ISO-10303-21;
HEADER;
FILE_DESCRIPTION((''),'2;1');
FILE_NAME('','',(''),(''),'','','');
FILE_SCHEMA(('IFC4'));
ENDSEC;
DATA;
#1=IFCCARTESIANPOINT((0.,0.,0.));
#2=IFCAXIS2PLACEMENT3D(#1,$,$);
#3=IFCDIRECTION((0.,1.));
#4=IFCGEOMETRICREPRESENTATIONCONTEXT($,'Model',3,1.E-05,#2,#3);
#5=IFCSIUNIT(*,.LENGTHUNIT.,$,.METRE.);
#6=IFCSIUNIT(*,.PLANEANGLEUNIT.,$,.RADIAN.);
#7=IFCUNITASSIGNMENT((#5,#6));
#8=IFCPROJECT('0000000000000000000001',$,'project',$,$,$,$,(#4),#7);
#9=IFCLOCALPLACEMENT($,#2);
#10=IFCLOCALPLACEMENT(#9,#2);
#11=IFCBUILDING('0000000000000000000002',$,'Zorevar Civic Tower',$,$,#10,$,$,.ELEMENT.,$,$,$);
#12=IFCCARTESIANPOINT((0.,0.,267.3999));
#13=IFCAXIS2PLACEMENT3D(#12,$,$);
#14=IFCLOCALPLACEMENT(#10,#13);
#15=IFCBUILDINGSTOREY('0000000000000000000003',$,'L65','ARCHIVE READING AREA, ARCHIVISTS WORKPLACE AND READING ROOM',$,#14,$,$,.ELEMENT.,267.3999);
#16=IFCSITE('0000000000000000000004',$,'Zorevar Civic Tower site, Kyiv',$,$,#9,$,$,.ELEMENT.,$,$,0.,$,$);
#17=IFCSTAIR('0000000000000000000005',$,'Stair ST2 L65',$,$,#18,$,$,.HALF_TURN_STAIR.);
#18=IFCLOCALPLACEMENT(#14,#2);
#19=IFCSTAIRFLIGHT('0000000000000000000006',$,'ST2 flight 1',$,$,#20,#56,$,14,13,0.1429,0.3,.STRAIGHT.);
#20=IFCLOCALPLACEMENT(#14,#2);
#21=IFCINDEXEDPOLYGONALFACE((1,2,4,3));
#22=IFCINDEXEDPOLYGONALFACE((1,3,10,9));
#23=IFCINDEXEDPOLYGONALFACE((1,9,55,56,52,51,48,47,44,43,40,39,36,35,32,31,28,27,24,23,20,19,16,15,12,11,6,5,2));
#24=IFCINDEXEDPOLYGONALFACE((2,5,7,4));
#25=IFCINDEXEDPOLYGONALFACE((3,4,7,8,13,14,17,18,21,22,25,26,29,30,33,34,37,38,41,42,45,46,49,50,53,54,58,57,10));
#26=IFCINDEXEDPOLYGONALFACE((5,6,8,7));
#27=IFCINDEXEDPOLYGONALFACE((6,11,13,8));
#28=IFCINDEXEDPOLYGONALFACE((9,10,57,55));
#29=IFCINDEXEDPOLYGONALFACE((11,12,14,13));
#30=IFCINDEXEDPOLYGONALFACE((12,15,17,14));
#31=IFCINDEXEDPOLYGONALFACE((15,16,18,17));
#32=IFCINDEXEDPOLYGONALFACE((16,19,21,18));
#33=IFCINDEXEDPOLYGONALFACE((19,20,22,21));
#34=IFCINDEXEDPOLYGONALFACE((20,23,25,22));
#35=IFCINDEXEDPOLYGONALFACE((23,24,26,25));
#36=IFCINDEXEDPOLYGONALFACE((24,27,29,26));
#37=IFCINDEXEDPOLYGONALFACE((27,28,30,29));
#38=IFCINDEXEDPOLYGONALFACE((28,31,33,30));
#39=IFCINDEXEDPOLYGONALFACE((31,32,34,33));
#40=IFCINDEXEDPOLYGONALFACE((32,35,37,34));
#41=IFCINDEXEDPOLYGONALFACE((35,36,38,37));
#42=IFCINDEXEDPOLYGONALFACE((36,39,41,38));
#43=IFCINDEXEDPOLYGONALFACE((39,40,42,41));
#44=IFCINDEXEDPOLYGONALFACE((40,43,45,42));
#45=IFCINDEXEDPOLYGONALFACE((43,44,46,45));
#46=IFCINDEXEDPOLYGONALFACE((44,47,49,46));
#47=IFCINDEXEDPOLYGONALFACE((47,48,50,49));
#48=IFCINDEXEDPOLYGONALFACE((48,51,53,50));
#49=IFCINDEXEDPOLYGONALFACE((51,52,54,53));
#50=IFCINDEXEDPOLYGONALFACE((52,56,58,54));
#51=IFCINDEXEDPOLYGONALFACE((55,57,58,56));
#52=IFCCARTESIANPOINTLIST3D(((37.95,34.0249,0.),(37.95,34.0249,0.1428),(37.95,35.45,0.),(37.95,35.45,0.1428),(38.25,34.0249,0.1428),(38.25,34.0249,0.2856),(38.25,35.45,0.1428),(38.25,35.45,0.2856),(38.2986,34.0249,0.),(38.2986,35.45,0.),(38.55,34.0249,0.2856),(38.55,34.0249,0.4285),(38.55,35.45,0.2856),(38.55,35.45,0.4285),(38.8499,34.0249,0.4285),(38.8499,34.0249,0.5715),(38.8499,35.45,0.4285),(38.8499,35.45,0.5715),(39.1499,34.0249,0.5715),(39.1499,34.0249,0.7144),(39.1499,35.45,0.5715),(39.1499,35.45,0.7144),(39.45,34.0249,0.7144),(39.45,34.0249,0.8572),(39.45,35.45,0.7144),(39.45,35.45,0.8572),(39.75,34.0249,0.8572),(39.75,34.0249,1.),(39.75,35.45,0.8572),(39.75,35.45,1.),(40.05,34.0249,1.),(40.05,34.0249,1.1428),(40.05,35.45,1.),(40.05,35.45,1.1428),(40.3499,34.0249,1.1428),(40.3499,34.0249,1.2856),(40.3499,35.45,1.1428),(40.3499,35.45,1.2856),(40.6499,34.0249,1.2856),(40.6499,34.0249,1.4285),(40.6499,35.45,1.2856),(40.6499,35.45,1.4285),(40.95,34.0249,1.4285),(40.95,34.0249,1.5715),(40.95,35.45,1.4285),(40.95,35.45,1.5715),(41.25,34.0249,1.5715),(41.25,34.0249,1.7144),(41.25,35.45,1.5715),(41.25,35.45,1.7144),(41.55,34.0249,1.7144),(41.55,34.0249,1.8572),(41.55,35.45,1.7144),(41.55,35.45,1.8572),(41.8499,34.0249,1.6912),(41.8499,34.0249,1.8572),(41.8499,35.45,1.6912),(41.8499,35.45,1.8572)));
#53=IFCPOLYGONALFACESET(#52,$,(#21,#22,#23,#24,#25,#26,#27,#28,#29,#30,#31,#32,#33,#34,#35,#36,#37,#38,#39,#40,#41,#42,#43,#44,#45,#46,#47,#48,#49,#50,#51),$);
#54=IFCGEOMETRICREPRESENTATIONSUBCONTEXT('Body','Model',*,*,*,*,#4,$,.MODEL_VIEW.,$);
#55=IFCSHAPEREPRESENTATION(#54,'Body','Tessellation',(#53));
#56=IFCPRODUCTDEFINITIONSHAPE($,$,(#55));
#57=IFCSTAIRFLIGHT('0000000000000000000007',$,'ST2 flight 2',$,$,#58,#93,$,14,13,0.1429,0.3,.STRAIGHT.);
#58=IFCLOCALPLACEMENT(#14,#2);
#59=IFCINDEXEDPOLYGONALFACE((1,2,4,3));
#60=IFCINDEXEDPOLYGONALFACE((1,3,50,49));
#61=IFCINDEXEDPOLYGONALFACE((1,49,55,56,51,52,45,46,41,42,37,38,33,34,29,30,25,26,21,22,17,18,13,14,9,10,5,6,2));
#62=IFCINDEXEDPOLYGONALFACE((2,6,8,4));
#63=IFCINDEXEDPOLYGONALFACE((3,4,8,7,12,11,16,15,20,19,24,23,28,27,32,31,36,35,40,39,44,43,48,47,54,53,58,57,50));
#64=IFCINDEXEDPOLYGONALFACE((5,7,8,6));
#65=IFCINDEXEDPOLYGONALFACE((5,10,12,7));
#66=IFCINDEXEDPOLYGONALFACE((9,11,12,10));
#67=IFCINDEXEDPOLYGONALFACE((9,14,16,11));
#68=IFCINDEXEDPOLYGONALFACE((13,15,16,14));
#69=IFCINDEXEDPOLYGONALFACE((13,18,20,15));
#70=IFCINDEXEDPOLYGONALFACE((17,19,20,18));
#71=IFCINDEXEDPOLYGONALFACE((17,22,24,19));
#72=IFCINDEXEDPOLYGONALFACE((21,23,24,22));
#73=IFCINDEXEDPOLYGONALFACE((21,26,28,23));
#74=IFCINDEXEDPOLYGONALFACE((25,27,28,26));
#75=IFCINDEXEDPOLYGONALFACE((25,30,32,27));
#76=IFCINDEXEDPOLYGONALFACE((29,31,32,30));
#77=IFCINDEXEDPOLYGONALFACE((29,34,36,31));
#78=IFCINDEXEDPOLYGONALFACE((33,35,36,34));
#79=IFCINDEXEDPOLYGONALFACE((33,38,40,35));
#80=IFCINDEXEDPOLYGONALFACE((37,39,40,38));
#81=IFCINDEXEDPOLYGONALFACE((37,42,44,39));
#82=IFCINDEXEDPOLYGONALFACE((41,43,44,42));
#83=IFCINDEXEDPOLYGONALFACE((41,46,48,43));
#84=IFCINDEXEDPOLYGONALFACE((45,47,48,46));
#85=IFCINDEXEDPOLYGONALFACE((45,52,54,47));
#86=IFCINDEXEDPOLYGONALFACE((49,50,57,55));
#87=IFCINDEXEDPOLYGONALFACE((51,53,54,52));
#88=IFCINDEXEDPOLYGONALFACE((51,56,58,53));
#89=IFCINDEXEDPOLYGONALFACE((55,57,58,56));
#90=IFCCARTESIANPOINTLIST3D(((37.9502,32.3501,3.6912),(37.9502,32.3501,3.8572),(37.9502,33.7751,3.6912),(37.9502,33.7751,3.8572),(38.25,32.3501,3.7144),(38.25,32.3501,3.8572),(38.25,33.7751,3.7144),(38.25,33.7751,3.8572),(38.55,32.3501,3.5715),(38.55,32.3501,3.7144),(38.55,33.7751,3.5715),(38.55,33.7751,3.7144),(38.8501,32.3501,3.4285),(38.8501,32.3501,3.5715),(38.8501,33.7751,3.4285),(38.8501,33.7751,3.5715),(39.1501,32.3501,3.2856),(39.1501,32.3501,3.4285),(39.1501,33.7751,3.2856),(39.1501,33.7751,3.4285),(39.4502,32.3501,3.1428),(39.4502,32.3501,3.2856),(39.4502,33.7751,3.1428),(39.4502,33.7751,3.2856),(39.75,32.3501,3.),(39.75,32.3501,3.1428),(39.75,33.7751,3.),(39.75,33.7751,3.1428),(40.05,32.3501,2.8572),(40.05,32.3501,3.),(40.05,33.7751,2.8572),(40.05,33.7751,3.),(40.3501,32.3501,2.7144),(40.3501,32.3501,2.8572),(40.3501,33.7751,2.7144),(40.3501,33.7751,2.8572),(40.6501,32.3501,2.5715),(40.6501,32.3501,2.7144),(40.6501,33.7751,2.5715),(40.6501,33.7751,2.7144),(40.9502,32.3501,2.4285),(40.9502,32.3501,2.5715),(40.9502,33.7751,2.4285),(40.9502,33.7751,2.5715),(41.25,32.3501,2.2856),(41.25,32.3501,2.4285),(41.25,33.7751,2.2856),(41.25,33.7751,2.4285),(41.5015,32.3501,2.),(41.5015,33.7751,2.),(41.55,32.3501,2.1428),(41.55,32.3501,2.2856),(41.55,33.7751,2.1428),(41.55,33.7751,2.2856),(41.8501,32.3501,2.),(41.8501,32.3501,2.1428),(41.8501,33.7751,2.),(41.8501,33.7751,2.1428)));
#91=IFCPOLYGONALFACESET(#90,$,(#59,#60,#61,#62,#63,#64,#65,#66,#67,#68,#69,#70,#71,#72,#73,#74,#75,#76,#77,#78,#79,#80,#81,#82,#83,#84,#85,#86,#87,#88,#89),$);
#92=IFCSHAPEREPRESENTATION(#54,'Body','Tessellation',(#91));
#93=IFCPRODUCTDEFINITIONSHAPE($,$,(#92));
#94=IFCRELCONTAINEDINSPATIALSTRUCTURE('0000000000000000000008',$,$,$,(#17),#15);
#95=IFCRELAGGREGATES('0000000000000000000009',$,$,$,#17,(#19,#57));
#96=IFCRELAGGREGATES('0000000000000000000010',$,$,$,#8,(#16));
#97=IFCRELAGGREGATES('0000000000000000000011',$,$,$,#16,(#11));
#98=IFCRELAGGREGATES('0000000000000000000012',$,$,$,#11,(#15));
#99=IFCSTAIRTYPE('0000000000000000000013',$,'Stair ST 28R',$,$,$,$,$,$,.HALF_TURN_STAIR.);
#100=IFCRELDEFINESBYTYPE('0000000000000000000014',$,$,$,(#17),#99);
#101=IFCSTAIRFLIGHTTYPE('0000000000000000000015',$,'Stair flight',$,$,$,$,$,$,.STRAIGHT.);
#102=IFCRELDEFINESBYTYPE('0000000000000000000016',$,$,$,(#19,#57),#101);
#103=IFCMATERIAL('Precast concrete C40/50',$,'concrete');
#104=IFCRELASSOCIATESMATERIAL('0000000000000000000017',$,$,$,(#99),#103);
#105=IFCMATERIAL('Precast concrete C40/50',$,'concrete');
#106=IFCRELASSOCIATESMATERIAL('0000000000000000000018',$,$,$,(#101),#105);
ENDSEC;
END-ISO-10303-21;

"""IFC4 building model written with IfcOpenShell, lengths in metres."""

from ifc_helpers import new_model, si_unit, direction, frame, origin, place, context, subcontext, project, spatial, polyline, outline, extrude, material, type_object, element, aggregate, save


model = new_model("IFC4")

# Units and contexts
model_context = context("Model", 3, precision=1e-05, world=origin(), true_north=direction((0.0, 1.0)))
body_context = subcontext(model_context, "Body", "Model", "MODEL_VIEW")
ifc_project = project(units=[si_unit("LENGTHUNIT", "METRE"), si_unit("PLANEANGLEUNIT", "RADIAN")], contexts=[model_context])

# Site, building, storey
site_placement = place(None, origin())
site = spatial("IfcSite", under=ifc_project, at=site_placement, Name="Zorevar Civic Tower site, Kyiv", CompositionType="ELEMENT", RefElevation=0.0)
building_placement = place(site_placement, origin())
building = spatial("IfcBuilding", under=site, at=building_placement, Name="Zorevar Civic Tower", CompositionType="ELEMENT")
storey_placement = place(building_placement, frame((0.0, 0.0, 267.3999)))
storey = spatial("IfcBuildingStorey", under=building, at=storey_placement, Name="L65", Description="ARCHIVE READING AREA, ARCHIVISTS WORKPLACE AND READING ROOM", CompositionType="ELEMENT", Elevation=267.3999)

# Stair, stair flights
ifc_material_1 = material(Name="Precast concrete C40/50", Category="concrete")
stair_type = type_object("IfcStairType", Name="Stair ST 28R", PredefinedType="HALF_TURN_STAIR", material=ifc_material_1)
stair_placement = place(storey_placement, origin())
stair = element("IfcStair", 1, at=stair_placement, inside=storey, type_object=stair_type, Name="Stair ST2 L65", PredefinedType="HALF_TURN_STAIR")
ifc_material_2 = material(Name="Precast concrete C40/50", Category="concrete")
stair_flight_type = type_object("IfcStairFlightType", Name="Stair flight", PredefinedType="STRAIGHT", material=ifc_material_2)
stair_flight_1_placement = place(storey_placement, frame((37.95, 34.7375, 0.0), z_axis=(0.0, 0.0, 1.0), x_axis=(1.0, 0.0, 0.0)))
stair_flight_1 = element("IfcStairFlight", 2, at=stair_flight_1_placement, type_object=stair_flight_type, Name="ST2 flight 1", NumberOfRisers=14, NumberOfTreads=13, PredefinedType="STRAIGHT", RiserHeight=0.1429, TreadLength=0.3, context=body_context, shape_type="SweptSolid", body=[
    extrude(outline(polyline([(0.0, 0.0), (0.0, 0.1428), (0.3, 0.1428), (0.3, 0.2856), (0.6001, 0.2856), (0.6001, 0.4285), (0.8999, 0.4285), (0.8999, 0.5715), (1.2, 0.5715), (1.2, 0.7144), (1.5, 0.7144), (1.5, 0.8572), (1.8, 0.8572), (1.8, 1.0), (2.1001, 1.0), (2.1001, 1.1428), (2.3999, 1.1428), (2.3999, 1.2856), (2.7, 1.2856), (2.7, 1.4285), (3.0, 1.4285), (3.0, 1.5715), (3.3, 1.5715), (3.3, 1.7144), (3.6001, 1.7144), (3.6001, 1.8572), (3.8999, 1.8572), (3.8999, 2.0), (3.8999, 1.6912), (0.3486, 0.0), (0.0, 0.0)])), frame((0.0, 0.7124, 0.0), z_axis=(0.0, -1.0, 0.0), x_axis=(1.0, 0.0, 0.0)), (0.0, 0.0, 1.0), 1.425),
])
stair_flight_2_placement = place(storey_placement, frame((41.8501, 33.0625, 2.0), z_axis=(0.0, 0.0, 1.0), x_axis=(-1.0, 0.0, 0.0)))
stair_flight_2 = element("IfcStairFlight", 3, at=stair_flight_2_placement, type_object=stair_flight_type, Name="ST2 flight 2", NumberOfRisers=14, NumberOfTreads=13, PredefinedType="STRAIGHT", RiserHeight=0.1429, TreadLength=0.3, context=body_context, shape_type="SweptSolid", body=[
    extrude(outline(polyline([(0.0, 0.0), (0.0, 0.1428), (0.3, 0.1428), (0.3, 0.2856), (0.6001, 0.2856), (0.6001, 0.4285), (0.8999, 0.4285), (0.8999, 0.5715), (1.2, 0.5715), (1.2, 0.7144), (1.5, 0.7144), (1.5, 0.8572), (1.8, 0.8572), (1.8, 1.0), (2.1001, 1.0), (2.1001, 1.1428), (2.3999, 1.1428), (2.3999, 1.2856), (2.7, 1.2856), (2.7, 1.4285), (3.0, 1.4285), (3.0, 1.5715), (3.3, 1.5715), (3.3, 1.7144), (3.6001, 1.7144), (3.6001, 1.8572), (3.8999, 1.8572), (3.8999, 2.0), (3.8999, 1.6912), (0.3486, 0.0), (0.0, 0.0)])), frame((0.0, 0.7124, 0.0), z_axis=(0.0, -1.0, 0.0), x_axis=(1.0, 0.0, 0.0)), (0.0, 0.0, 1.0), 1.425),
])
aggregate(stair, [stair_flight_1, stair_flight_2])

save(model, "model.ifc")
